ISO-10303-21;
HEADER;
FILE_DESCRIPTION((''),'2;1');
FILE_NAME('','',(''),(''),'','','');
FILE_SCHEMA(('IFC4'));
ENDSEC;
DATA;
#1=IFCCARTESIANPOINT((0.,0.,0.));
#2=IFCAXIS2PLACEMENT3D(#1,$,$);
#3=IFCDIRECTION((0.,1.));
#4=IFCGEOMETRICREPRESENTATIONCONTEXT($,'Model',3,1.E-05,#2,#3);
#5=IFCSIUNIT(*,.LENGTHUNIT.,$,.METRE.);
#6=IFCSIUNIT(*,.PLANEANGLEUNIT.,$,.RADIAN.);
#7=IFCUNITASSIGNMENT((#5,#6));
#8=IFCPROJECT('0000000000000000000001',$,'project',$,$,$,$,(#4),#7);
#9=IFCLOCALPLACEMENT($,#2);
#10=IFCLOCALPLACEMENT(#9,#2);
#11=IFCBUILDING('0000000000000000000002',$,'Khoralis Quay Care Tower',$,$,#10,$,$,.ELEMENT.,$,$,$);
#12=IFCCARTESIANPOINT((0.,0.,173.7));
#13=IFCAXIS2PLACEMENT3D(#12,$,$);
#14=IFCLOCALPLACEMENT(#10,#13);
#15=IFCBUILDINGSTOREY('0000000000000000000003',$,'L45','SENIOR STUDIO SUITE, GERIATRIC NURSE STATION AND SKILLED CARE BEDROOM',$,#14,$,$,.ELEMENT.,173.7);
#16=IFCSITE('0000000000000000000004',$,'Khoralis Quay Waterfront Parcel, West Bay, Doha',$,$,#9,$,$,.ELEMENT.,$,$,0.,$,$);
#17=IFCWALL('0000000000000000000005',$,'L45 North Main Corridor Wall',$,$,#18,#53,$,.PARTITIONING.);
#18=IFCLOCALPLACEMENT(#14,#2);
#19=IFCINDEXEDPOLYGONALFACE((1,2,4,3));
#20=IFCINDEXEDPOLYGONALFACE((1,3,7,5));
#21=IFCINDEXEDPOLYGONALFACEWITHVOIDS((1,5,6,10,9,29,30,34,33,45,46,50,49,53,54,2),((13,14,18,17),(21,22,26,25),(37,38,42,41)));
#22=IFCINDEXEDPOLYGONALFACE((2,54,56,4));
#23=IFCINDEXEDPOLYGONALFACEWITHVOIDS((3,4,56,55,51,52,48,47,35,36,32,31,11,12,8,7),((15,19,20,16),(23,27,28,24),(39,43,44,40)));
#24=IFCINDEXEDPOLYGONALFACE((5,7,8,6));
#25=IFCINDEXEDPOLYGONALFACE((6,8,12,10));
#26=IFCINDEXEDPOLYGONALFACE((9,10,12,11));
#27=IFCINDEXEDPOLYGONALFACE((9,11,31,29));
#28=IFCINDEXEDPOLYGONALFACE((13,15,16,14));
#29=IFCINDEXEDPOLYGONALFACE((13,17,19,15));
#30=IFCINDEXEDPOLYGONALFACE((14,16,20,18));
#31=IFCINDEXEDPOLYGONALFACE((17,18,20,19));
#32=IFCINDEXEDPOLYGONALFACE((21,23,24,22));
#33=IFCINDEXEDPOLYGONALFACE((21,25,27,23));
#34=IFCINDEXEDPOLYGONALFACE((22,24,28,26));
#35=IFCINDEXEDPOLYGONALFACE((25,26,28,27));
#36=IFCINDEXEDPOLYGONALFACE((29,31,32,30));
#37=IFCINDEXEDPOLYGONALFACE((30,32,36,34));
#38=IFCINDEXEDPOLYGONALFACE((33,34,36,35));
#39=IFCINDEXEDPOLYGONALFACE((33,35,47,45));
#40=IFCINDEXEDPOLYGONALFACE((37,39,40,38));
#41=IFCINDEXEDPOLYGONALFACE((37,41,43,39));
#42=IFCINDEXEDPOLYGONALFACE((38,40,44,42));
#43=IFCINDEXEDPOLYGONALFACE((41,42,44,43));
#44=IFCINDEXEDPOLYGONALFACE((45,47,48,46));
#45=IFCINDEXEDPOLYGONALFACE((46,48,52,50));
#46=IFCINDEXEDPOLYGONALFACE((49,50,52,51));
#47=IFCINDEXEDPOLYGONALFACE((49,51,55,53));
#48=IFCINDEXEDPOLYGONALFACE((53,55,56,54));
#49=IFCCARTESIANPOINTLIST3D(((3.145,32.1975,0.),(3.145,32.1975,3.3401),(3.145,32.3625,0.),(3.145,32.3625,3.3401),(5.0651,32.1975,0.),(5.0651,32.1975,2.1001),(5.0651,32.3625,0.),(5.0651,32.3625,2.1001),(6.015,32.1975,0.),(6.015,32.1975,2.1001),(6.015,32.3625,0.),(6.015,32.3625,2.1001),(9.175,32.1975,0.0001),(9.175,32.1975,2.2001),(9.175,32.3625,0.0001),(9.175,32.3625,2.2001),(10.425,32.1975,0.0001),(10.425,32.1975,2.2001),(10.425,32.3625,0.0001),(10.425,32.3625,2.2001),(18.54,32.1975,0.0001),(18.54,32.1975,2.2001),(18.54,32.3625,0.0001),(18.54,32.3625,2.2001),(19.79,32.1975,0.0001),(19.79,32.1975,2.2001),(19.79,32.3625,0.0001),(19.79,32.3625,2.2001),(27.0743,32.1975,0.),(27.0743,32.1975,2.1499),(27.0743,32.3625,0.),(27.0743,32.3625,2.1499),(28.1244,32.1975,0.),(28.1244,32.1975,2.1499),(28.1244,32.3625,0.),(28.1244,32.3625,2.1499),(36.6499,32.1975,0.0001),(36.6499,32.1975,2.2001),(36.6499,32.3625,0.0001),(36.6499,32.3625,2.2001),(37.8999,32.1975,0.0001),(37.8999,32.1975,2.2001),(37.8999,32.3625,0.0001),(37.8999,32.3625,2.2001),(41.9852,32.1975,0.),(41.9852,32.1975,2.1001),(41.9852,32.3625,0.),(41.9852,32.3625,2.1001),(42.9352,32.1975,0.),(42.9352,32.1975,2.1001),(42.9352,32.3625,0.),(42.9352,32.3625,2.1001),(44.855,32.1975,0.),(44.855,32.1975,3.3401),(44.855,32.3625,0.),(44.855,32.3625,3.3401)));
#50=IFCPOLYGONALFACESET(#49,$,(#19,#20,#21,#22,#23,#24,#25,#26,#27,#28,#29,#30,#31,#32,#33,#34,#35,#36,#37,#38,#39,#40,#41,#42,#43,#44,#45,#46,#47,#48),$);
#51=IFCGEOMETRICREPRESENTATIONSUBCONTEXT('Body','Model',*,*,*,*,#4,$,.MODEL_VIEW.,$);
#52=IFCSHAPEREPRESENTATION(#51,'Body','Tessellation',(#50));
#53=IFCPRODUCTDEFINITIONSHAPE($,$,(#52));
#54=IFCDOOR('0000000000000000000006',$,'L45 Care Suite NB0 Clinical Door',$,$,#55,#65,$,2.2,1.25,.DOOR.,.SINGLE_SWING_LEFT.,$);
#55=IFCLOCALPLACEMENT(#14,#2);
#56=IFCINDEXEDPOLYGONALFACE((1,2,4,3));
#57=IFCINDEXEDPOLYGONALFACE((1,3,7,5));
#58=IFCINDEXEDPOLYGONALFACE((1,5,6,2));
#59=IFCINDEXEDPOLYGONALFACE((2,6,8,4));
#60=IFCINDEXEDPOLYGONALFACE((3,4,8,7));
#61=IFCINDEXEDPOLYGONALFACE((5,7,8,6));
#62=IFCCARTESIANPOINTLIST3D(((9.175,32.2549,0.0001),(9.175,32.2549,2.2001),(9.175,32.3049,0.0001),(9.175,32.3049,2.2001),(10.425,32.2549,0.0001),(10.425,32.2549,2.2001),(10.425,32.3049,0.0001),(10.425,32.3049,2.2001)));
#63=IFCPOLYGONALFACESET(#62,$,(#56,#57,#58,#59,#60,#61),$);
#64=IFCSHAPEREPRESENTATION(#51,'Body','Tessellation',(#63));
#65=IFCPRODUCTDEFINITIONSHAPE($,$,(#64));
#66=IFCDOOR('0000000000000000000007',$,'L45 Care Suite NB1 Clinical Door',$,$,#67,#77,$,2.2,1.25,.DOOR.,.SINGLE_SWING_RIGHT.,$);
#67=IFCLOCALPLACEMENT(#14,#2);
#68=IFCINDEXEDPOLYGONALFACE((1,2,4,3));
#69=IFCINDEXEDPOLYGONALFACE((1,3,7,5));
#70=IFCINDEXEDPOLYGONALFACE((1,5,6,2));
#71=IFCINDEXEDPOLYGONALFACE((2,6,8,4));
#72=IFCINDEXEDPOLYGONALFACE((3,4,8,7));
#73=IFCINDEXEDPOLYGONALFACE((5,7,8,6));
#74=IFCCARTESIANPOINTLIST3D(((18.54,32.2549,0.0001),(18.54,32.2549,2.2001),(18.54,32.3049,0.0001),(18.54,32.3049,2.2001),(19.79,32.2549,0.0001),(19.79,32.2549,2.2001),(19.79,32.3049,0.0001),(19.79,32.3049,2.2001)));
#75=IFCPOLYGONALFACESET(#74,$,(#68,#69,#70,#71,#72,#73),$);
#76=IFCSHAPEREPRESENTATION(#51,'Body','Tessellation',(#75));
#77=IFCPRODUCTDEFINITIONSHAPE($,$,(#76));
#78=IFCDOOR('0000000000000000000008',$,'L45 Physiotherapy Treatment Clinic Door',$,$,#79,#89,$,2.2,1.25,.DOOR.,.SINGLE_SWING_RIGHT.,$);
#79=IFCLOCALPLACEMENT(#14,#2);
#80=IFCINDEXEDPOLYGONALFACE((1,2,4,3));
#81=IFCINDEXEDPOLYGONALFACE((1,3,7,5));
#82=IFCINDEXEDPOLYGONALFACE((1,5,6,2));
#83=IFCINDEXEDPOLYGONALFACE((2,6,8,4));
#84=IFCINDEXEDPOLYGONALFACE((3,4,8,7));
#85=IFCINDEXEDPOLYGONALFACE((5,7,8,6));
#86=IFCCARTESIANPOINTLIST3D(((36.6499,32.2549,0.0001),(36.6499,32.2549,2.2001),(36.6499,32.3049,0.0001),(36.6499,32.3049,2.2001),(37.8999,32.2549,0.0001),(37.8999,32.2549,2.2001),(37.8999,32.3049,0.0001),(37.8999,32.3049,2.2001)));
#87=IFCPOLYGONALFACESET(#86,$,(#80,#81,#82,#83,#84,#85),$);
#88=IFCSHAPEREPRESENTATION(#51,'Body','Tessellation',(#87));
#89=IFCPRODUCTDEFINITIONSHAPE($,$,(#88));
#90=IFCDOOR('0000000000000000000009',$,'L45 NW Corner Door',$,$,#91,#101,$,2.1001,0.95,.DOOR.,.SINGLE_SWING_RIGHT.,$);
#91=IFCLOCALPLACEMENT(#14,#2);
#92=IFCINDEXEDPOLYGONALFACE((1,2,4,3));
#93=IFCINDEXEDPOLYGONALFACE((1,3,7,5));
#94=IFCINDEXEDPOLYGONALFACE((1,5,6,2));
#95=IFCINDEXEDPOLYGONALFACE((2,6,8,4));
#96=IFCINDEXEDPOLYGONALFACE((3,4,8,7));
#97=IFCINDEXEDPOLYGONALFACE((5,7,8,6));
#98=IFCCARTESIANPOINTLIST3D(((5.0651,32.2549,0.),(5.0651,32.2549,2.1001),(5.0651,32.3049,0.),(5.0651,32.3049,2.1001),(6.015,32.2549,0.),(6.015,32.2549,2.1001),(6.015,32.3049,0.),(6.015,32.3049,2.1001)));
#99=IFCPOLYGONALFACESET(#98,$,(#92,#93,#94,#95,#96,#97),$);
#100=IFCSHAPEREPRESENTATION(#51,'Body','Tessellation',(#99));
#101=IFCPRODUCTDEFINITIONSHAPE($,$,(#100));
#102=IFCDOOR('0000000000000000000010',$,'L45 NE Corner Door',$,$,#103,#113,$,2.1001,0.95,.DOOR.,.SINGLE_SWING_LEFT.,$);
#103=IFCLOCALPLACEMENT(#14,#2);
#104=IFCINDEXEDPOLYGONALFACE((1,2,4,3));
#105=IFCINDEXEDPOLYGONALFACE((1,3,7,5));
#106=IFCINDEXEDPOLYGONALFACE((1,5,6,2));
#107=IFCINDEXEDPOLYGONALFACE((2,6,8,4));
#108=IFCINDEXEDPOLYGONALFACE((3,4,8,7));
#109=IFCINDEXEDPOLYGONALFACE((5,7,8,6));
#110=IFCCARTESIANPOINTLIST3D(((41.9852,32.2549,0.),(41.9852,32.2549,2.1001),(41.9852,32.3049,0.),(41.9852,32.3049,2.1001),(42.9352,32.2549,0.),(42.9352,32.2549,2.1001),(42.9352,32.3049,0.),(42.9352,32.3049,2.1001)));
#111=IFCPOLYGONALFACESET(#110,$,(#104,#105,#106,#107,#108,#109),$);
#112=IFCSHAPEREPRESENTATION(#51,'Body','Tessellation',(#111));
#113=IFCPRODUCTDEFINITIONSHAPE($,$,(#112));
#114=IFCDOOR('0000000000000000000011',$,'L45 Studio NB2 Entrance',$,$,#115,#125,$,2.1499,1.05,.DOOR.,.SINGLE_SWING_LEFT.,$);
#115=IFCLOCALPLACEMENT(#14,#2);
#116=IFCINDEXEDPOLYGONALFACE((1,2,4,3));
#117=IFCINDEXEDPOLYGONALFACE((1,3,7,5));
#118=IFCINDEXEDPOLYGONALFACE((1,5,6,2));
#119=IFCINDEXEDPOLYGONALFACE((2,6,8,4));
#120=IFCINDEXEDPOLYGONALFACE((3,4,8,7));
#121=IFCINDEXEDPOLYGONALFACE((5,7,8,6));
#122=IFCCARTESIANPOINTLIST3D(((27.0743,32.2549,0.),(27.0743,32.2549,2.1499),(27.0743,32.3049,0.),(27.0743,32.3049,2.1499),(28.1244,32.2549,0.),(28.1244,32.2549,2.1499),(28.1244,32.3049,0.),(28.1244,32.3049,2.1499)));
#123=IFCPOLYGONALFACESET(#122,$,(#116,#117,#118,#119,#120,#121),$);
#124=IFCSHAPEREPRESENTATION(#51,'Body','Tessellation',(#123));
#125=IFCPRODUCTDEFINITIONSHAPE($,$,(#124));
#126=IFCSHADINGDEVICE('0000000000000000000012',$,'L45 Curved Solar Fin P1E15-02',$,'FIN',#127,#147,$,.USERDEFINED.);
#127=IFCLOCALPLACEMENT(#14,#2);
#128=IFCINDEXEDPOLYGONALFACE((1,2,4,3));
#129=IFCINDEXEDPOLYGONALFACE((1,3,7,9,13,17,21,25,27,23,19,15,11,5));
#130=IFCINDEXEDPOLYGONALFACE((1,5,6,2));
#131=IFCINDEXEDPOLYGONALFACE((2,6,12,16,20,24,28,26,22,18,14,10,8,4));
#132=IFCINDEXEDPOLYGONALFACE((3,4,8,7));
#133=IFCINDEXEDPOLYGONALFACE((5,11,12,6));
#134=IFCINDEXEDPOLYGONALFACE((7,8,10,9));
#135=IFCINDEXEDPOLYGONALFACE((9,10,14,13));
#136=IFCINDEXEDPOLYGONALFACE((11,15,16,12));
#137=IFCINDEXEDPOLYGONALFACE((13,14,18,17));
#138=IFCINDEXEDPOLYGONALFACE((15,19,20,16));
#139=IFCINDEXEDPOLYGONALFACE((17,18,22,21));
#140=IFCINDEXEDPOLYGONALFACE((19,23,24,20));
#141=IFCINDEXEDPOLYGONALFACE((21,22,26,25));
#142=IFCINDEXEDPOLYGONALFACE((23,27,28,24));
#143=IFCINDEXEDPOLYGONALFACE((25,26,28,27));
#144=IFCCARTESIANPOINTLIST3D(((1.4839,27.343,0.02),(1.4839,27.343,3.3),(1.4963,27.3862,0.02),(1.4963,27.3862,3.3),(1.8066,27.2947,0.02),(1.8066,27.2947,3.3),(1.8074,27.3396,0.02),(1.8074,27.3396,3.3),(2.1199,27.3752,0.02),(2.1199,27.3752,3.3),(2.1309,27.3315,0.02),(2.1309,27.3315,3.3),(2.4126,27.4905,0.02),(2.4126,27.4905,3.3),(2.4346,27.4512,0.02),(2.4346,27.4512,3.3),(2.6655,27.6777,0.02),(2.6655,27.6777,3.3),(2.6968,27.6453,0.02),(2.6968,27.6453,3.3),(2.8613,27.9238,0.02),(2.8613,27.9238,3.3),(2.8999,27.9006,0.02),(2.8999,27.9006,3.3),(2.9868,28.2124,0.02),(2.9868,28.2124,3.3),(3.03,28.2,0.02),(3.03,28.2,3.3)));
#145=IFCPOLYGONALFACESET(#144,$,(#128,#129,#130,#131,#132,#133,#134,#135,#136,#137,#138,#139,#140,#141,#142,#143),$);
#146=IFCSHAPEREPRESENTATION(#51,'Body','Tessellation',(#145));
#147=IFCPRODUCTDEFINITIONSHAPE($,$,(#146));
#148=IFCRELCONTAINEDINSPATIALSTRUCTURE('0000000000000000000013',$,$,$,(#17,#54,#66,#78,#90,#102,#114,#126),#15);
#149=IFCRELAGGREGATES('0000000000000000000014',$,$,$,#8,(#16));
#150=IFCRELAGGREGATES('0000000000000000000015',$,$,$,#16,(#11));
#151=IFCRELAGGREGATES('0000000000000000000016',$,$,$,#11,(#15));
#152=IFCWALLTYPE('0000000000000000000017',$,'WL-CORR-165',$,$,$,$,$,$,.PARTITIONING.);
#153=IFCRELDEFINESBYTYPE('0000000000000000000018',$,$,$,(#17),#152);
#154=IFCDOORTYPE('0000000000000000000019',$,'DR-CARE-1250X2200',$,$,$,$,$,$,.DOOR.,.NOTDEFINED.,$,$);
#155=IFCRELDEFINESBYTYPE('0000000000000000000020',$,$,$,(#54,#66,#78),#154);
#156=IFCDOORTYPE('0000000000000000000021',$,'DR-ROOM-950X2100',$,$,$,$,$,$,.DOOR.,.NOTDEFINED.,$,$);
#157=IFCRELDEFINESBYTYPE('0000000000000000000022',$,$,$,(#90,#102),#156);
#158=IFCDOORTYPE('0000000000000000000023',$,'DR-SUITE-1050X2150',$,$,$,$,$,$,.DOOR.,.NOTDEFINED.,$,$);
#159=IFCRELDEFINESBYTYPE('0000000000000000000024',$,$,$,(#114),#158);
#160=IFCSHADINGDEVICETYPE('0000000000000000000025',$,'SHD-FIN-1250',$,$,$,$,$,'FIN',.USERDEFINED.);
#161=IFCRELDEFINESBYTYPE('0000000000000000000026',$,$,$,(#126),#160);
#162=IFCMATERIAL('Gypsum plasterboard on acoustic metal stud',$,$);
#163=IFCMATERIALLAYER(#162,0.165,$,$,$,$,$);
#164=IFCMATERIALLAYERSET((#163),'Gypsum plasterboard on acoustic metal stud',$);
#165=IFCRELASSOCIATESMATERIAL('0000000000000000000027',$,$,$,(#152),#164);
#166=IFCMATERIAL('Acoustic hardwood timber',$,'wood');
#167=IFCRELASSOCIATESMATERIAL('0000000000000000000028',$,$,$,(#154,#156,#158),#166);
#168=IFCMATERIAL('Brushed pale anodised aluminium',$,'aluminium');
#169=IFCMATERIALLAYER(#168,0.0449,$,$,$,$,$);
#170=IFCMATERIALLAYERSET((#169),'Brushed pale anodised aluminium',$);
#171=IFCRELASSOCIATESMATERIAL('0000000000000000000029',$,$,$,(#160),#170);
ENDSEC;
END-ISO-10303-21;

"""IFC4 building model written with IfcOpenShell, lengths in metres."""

from ifc_helpers import new_model, si_unit, direction, frame, frame_2d, origin, place, context, subcontext, project, spatial, polyline, rectangle, outline, extrude, source, transform, mapped, material, layer, layer_set, type_object, element, fill, save


model = new_model("IFC4")

# Units and contexts
model_context = context("Model", 3, precision=1e-05, world=origin(), true_north=direction((0.0, 1.0)))
body_context = subcontext(model_context, "Body", "Model", "MODEL_VIEW")
ifc_project = project(units=[si_unit("LENGTHUNIT", "METRE"), si_unit("PLANEANGLEUNIT", "RADIAN")], contexts=[model_context])

# Site, building, storey
site_placement = place(None, origin())
site = spatial("IfcSite", under=ifc_project, at=site_placement, Name="Khoralis Quay Waterfront Parcel, West Bay, Doha", CompositionType="ELEMENT", RefElevation=0.0)
building_placement = place(site_placement, origin())
building = spatial("IfcBuilding", under=site, at=building_placement, Name="Khoralis Quay Care Tower", CompositionType="ELEMENT")
storey_placement = place(building_placement, frame((0.0, 0.0, 173.7)))
storey = spatial("IfcBuildingStorey", under=building, at=storey_placement, Name="L45", Description="SENIOR STUDIO SUITE, GERIATRIC NURSE STATION AND SKILLED CARE BEDROOM", CompositionType="ELEMENT", Elevation=173.7)

# Wall, openings, doors
ifc_material_1 = material(Name="Gypsum plasterboard on acoustic metal stud")
ifc_layer_1 = layer(ifc_material_1, 0.165)
ifc_layer_set_1 = layer_set([ifc_layer_1], Name="Gypsum plasterboard on acoustic metal stud")
wall_type = type_object("IfcWallType", Name="WL-CORR-165", PredefinedType="PARTITIONING", material=ifc_layer_set_1)
wall_placement = place(storey_placement, frame((3.145, 32.28, 0.0), z_axis=(0.0, 0.0, 1.0), x_axis=(1.0, 0.0, 0.0)))
wall = element("IfcWall", 1, at=wall_placement, inside=storey, type_object=wall_type, Name="L45 North Main Corridor Wall", PredefinedType="PARTITIONING", context=body_context, shape_type="SweptSolid", body=[
    extrude(rectangle(XDim=41.71, YDim=0.165, at=frame_2d((20.855, 0.0))), origin(), (0.0, 0.0, 1.0), 3.3401),
])
opening_1_placement = place(wall_placement, frame((6.03, 0.0, 0.0)))
opening_1 = element("IfcOpeningElement", 2, at=opening_1_placement, cuts=wall, PredefinedType="OPENING", context=body_context, shape_type="SweptSolid", body=[
    extrude(rectangle(XDim=1.25, YDim=2.2, at=frame_2d((0.625, 1.1001))), frame((0.0, 0.0925, 0.0), z_axis=(0.0, -1.0, 0.0), x_axis=(1.0, 0.0, 0.0)), (0.0, 0.0, 1.0), 0.1851),
])
opening_2_placement = place(wall_placement, frame((15.395, 0.0, 0.0)))
opening_2 = element("IfcOpeningElement", 3, at=opening_2_placement, cuts=wall, PredefinedType="OPENING", context=body_context, shape_type="SweptSolid", body=[
    extrude(rectangle(XDim=1.25, YDim=2.2, at=frame_2d((0.625, 1.1001))), frame((0.0, 0.0925, 0.0), z_axis=(0.0, -1.0, 0.0), x_axis=(1.0, 0.0, 0.0)), (0.0, 0.0, 1.0), 0.1851),
])
opening_3_placement = place(wall_placement, frame((23.9294, 0.0, 0.0)))
opening_3 = element("IfcOpeningElement", 4, at=opening_3_placement, cuts=wall, PredefinedType="OPENING", context=body_context, shape_type="SweptSolid", body=[
    extrude(rectangle(XDim=1.05, YDim=2.1499, at=frame_2d((0.5249, 1.075))), frame((0.0, 0.0925, 0.0), z_axis=(0.0, -1.0, 0.0), x_axis=(1.0, 0.0, 0.0)), (0.0, 0.0, 1.0), 0.1851),
])
opening_4_placement = place(wall_placement, frame((33.5049, 0.0, 0.0)))
opening_4 = element("IfcOpeningElement", 5, at=opening_4_placement, cuts=wall, PredefinedType="OPENING", context=body_context, shape_type="SweptSolid", body=[
    extrude(rectangle(XDim=1.25, YDim=2.2, at=frame_2d((0.625, 1.1001))), frame((0.0, 0.0925, 0.0), z_axis=(0.0, -1.0, 0.0), x_axis=(1.0, 0.0, 0.0)), (0.0, 0.0, 1.0), 0.1851),
])
opening_5_placement = place(wall_placement, frame((1.9199, 0.0, 0.0)))
opening_5 = element("IfcOpeningElement", 6, at=opening_5_placement, cuts=wall, PredefinedType="OPENING", context=body_context, shape_type="SweptSolid", body=[
    extrude(rectangle(XDim=0.95, YDim=2.1001, at=frame_2d((0.4751, 1.05))), frame((0.0, 0.0925, 0.0), z_axis=(0.0, -1.0, 0.0), x_axis=(1.0, 0.0, 0.0)), (0.0, 0.0, 1.0), 0.1851),
])
opening_6_placement = place(wall_placement, frame((38.8401, 0.0, 0.0)))
opening_6 = element("IfcOpeningElement", 7, at=opening_6_placement, cuts=wall, PredefinedType="OPENING", context=body_context, shape_type="SweptSolid", body=[
    extrude(rectangle(XDim=0.95, YDim=2.1001, at=frame_2d((0.4751, 1.05))), frame((0.0, 0.0925, 0.0), z_axis=(0.0, -1.0, 0.0), x_axis=(1.0, 0.0, 0.0)), (0.0, 0.0, 1.0), 0.1851),
])
ifc_material_2 = material(Name="Acoustic hardwood timber", Category="wood")
door_type_1 = type_object("IfcDoorType", Name="DR-CARE-1250X2200", OperationType="NOTDEFINED", PredefinedType="DOOR", material=ifc_material_2)
shared_shape_1 = source(origin(), body_context, "Body", "SweptSolid", [
    extrude(rectangle(XDim=1.25, YDim=2.2, at=frame_2d((0.625, 1.1001))), frame((0.0, 0.0249, 0.0), z_axis=(0.0, -1.0, 0.0), x_axis=(1.0, 0.0, 0.0)), (0.0, 0.0, 1.0), 0.05),
])
door_1_placement = place(opening_1_placement, origin())
door_1 = element("IfcDoor", 8, at=door_1_placement, inside=storey, type_object=door_type_1, Name="L45 Care Suite NB0 Clinical Door", OperationType="SINGLE_SWING_LEFT", OverallHeight=2.2, OverallWidth=1.25, PredefinedType="DOOR", context=body_context, shape_type="MappedRepresentation", body=[
    mapped(shared_shape_1, transform((0.0, 0.0, 0.0), scale=1.0)),
])
fill(opening_1, door_1)
door_2_placement = place(opening_2_placement, origin())
door_2 = element("IfcDoor", 9, at=door_2_placement, inside=storey, type_object=door_type_1, Name="L45 Care Suite NB1 Clinical Door", OperationType="SINGLE_SWING_RIGHT", OverallHeight=2.2, OverallWidth=1.25, PredefinedType="DOOR", context=body_context, shape_type="MappedRepresentation", body=[
    mapped(shared_shape_1, transform((0.0, 0.0, 0.0), scale=1.0)),
])
fill(opening_2, door_2)
door_3_placement = place(opening_4_placement, origin())
door_3 = element("IfcDoor", 10, at=door_3_placement, inside=storey, type_object=door_type_1, Name="L45 Physiotherapy Treatment Clinic Door", OperationType="SINGLE_SWING_RIGHT", OverallHeight=2.2, OverallWidth=1.25, PredefinedType="DOOR", context=body_context, shape_type="MappedRepresentation", body=[
    mapped(shared_shape_1, transform((0.0, 0.0, 0.0), scale=1.0)),
])
fill(opening_4, door_3)
door_type_2 = type_object("IfcDoorType", Name="DR-ROOM-950X2100", OperationType="NOTDEFINED", PredefinedType="DOOR", material=ifc_material_2)
shared_shape_2 = source(origin(), body_context, "Body", "SweptSolid", [
    extrude(rectangle(XDim=0.95, YDim=2.1001, at=frame_2d((0.4751, 1.05))), frame((0.0, 0.0249, 0.0), z_axis=(0.0, -1.0, 0.0), x_axis=(1.0, 0.0, 0.0)), (0.0, 0.0, 1.0), 0.05),
])
door_4_placement = place(opening_5_placement, origin())
door_4 = element("IfcDoor", 11, at=door_4_placement, inside=storey, type_object=door_type_2, Name="L45 NW Corner Door", OperationType="SINGLE_SWING_RIGHT", OverallHeight=2.1001, OverallWidth=0.95, PredefinedType="DOOR", context=body_context, shape_type="MappedRepresentation", body=[
    mapped(shared_shape_2, transform((0.0, 0.0, 0.0), scale=1.0)),
])
fill(opening_5, door_4)
door_5_placement = place(opening_6_placement, origin())
door_5 = element("IfcDoor", 12, at=door_5_placement, inside=storey, type_object=door_type_2, Name="L45 NE Corner Door", OperationType="SINGLE_SWING_LEFT", OverallHeight=2.1001, OverallWidth=0.95, PredefinedType="DOOR", context=body_context, shape_type="MappedRepresentation", body=[
    mapped(shared_shape_2, transform((0.0, 0.0, 0.0), scale=1.0)),
])
fill(opening_6, door_5)
door_type_3 = type_object("IfcDoorType", Name="DR-SUITE-1050X2150", OperationType="NOTDEFINED", PredefinedType="DOOR", material=ifc_material_2)
shared_shape_3 = source(origin(), body_context, "Body", "SweptSolid", [
    extrude(rectangle(XDim=1.05, YDim=2.1499, at=frame_2d((0.5249, 1.075))), frame((0.0, 0.0249, 0.0), z_axis=(0.0, -1.0, 0.0), x_axis=(1.0, 0.0, 0.0)), (0.0, 0.0, 1.0), 0.05),
])
door_6_placement = place(opening_3_placement, origin())
door_6 = element("IfcDoor", 13, at=door_6_placement, inside=storey, type_object=door_type_3, Name="L45 Studio NB2 Entrance", OperationType="SINGLE_SWING_LEFT", OverallHeight=2.1499, OverallWidth=1.05, PredefinedType="DOOR", context=body_context, shape_type="MappedRepresentation", body=[
    mapped(shared_shape_3, transform((0.0, 0.0, 0.0), scale=1.0)),
])
fill(opening_3, door_6)

# Shading device
ifc_material_3 = material(Name="Brushed pale anodised aluminium", Category="aluminium")
ifc_layer_2 = layer(ifc_material_3, 0.0449)
ifc_layer_set_2 = layer_set([ifc_layer_2], Name="Brushed pale anodised aluminium")
shading_device_type = type_object("IfcShadingDeviceType", Name="SHD-FIN-1250", ElementType="FIN", PredefinedType="USERDEFINED", material=ifc_layer_set_2)
shared_shape_4 = source(origin(), body_context, "Body", "SweptSolid", [
    extrude(outline(polyline([(0.0, 0.0), (0.1301, 0.2993), (0.3333, 0.5547), (0.5955, 0.7488), (0.8992, 0.8684), (1.2234, 0.9053), (1.5461, 0.8569), (1.5337, 0.8137), (1.2227, 0.8604), (0.9102, 0.8247), (0.6174, 0.7095), (0.3645, 0.5222), (0.1687, 0.2761), (0.0432, -0.0125), (0.0, 0.0)])), origin(), (0.0, 0.0, 1.0), 3.28),
])
for number, where, z_axis, x_axis, name in (
    (14, (3.03, 28.2, 0.02), (0.0, 0.0, 1.0), (-1.0, 0.0, 0.0), "L45 Curved Solar Fin P1E15-02"),
):
    element("IfcShadingDevice", number, at=place(storey_placement, frame(where, z_axis=z_axis, x_axis=x_axis)), inside=storey, type_object=shading_device_type, Name=name, ObjectType="FIN", PredefinedType="USERDEFINED", context=body_context, shape_type="MappedRepresentation", body=[
        mapped(shared_shape_4, transform((0.0, 0.0, 0.0), scale=1.0)),
    ])

save(model, "model.ifc")
